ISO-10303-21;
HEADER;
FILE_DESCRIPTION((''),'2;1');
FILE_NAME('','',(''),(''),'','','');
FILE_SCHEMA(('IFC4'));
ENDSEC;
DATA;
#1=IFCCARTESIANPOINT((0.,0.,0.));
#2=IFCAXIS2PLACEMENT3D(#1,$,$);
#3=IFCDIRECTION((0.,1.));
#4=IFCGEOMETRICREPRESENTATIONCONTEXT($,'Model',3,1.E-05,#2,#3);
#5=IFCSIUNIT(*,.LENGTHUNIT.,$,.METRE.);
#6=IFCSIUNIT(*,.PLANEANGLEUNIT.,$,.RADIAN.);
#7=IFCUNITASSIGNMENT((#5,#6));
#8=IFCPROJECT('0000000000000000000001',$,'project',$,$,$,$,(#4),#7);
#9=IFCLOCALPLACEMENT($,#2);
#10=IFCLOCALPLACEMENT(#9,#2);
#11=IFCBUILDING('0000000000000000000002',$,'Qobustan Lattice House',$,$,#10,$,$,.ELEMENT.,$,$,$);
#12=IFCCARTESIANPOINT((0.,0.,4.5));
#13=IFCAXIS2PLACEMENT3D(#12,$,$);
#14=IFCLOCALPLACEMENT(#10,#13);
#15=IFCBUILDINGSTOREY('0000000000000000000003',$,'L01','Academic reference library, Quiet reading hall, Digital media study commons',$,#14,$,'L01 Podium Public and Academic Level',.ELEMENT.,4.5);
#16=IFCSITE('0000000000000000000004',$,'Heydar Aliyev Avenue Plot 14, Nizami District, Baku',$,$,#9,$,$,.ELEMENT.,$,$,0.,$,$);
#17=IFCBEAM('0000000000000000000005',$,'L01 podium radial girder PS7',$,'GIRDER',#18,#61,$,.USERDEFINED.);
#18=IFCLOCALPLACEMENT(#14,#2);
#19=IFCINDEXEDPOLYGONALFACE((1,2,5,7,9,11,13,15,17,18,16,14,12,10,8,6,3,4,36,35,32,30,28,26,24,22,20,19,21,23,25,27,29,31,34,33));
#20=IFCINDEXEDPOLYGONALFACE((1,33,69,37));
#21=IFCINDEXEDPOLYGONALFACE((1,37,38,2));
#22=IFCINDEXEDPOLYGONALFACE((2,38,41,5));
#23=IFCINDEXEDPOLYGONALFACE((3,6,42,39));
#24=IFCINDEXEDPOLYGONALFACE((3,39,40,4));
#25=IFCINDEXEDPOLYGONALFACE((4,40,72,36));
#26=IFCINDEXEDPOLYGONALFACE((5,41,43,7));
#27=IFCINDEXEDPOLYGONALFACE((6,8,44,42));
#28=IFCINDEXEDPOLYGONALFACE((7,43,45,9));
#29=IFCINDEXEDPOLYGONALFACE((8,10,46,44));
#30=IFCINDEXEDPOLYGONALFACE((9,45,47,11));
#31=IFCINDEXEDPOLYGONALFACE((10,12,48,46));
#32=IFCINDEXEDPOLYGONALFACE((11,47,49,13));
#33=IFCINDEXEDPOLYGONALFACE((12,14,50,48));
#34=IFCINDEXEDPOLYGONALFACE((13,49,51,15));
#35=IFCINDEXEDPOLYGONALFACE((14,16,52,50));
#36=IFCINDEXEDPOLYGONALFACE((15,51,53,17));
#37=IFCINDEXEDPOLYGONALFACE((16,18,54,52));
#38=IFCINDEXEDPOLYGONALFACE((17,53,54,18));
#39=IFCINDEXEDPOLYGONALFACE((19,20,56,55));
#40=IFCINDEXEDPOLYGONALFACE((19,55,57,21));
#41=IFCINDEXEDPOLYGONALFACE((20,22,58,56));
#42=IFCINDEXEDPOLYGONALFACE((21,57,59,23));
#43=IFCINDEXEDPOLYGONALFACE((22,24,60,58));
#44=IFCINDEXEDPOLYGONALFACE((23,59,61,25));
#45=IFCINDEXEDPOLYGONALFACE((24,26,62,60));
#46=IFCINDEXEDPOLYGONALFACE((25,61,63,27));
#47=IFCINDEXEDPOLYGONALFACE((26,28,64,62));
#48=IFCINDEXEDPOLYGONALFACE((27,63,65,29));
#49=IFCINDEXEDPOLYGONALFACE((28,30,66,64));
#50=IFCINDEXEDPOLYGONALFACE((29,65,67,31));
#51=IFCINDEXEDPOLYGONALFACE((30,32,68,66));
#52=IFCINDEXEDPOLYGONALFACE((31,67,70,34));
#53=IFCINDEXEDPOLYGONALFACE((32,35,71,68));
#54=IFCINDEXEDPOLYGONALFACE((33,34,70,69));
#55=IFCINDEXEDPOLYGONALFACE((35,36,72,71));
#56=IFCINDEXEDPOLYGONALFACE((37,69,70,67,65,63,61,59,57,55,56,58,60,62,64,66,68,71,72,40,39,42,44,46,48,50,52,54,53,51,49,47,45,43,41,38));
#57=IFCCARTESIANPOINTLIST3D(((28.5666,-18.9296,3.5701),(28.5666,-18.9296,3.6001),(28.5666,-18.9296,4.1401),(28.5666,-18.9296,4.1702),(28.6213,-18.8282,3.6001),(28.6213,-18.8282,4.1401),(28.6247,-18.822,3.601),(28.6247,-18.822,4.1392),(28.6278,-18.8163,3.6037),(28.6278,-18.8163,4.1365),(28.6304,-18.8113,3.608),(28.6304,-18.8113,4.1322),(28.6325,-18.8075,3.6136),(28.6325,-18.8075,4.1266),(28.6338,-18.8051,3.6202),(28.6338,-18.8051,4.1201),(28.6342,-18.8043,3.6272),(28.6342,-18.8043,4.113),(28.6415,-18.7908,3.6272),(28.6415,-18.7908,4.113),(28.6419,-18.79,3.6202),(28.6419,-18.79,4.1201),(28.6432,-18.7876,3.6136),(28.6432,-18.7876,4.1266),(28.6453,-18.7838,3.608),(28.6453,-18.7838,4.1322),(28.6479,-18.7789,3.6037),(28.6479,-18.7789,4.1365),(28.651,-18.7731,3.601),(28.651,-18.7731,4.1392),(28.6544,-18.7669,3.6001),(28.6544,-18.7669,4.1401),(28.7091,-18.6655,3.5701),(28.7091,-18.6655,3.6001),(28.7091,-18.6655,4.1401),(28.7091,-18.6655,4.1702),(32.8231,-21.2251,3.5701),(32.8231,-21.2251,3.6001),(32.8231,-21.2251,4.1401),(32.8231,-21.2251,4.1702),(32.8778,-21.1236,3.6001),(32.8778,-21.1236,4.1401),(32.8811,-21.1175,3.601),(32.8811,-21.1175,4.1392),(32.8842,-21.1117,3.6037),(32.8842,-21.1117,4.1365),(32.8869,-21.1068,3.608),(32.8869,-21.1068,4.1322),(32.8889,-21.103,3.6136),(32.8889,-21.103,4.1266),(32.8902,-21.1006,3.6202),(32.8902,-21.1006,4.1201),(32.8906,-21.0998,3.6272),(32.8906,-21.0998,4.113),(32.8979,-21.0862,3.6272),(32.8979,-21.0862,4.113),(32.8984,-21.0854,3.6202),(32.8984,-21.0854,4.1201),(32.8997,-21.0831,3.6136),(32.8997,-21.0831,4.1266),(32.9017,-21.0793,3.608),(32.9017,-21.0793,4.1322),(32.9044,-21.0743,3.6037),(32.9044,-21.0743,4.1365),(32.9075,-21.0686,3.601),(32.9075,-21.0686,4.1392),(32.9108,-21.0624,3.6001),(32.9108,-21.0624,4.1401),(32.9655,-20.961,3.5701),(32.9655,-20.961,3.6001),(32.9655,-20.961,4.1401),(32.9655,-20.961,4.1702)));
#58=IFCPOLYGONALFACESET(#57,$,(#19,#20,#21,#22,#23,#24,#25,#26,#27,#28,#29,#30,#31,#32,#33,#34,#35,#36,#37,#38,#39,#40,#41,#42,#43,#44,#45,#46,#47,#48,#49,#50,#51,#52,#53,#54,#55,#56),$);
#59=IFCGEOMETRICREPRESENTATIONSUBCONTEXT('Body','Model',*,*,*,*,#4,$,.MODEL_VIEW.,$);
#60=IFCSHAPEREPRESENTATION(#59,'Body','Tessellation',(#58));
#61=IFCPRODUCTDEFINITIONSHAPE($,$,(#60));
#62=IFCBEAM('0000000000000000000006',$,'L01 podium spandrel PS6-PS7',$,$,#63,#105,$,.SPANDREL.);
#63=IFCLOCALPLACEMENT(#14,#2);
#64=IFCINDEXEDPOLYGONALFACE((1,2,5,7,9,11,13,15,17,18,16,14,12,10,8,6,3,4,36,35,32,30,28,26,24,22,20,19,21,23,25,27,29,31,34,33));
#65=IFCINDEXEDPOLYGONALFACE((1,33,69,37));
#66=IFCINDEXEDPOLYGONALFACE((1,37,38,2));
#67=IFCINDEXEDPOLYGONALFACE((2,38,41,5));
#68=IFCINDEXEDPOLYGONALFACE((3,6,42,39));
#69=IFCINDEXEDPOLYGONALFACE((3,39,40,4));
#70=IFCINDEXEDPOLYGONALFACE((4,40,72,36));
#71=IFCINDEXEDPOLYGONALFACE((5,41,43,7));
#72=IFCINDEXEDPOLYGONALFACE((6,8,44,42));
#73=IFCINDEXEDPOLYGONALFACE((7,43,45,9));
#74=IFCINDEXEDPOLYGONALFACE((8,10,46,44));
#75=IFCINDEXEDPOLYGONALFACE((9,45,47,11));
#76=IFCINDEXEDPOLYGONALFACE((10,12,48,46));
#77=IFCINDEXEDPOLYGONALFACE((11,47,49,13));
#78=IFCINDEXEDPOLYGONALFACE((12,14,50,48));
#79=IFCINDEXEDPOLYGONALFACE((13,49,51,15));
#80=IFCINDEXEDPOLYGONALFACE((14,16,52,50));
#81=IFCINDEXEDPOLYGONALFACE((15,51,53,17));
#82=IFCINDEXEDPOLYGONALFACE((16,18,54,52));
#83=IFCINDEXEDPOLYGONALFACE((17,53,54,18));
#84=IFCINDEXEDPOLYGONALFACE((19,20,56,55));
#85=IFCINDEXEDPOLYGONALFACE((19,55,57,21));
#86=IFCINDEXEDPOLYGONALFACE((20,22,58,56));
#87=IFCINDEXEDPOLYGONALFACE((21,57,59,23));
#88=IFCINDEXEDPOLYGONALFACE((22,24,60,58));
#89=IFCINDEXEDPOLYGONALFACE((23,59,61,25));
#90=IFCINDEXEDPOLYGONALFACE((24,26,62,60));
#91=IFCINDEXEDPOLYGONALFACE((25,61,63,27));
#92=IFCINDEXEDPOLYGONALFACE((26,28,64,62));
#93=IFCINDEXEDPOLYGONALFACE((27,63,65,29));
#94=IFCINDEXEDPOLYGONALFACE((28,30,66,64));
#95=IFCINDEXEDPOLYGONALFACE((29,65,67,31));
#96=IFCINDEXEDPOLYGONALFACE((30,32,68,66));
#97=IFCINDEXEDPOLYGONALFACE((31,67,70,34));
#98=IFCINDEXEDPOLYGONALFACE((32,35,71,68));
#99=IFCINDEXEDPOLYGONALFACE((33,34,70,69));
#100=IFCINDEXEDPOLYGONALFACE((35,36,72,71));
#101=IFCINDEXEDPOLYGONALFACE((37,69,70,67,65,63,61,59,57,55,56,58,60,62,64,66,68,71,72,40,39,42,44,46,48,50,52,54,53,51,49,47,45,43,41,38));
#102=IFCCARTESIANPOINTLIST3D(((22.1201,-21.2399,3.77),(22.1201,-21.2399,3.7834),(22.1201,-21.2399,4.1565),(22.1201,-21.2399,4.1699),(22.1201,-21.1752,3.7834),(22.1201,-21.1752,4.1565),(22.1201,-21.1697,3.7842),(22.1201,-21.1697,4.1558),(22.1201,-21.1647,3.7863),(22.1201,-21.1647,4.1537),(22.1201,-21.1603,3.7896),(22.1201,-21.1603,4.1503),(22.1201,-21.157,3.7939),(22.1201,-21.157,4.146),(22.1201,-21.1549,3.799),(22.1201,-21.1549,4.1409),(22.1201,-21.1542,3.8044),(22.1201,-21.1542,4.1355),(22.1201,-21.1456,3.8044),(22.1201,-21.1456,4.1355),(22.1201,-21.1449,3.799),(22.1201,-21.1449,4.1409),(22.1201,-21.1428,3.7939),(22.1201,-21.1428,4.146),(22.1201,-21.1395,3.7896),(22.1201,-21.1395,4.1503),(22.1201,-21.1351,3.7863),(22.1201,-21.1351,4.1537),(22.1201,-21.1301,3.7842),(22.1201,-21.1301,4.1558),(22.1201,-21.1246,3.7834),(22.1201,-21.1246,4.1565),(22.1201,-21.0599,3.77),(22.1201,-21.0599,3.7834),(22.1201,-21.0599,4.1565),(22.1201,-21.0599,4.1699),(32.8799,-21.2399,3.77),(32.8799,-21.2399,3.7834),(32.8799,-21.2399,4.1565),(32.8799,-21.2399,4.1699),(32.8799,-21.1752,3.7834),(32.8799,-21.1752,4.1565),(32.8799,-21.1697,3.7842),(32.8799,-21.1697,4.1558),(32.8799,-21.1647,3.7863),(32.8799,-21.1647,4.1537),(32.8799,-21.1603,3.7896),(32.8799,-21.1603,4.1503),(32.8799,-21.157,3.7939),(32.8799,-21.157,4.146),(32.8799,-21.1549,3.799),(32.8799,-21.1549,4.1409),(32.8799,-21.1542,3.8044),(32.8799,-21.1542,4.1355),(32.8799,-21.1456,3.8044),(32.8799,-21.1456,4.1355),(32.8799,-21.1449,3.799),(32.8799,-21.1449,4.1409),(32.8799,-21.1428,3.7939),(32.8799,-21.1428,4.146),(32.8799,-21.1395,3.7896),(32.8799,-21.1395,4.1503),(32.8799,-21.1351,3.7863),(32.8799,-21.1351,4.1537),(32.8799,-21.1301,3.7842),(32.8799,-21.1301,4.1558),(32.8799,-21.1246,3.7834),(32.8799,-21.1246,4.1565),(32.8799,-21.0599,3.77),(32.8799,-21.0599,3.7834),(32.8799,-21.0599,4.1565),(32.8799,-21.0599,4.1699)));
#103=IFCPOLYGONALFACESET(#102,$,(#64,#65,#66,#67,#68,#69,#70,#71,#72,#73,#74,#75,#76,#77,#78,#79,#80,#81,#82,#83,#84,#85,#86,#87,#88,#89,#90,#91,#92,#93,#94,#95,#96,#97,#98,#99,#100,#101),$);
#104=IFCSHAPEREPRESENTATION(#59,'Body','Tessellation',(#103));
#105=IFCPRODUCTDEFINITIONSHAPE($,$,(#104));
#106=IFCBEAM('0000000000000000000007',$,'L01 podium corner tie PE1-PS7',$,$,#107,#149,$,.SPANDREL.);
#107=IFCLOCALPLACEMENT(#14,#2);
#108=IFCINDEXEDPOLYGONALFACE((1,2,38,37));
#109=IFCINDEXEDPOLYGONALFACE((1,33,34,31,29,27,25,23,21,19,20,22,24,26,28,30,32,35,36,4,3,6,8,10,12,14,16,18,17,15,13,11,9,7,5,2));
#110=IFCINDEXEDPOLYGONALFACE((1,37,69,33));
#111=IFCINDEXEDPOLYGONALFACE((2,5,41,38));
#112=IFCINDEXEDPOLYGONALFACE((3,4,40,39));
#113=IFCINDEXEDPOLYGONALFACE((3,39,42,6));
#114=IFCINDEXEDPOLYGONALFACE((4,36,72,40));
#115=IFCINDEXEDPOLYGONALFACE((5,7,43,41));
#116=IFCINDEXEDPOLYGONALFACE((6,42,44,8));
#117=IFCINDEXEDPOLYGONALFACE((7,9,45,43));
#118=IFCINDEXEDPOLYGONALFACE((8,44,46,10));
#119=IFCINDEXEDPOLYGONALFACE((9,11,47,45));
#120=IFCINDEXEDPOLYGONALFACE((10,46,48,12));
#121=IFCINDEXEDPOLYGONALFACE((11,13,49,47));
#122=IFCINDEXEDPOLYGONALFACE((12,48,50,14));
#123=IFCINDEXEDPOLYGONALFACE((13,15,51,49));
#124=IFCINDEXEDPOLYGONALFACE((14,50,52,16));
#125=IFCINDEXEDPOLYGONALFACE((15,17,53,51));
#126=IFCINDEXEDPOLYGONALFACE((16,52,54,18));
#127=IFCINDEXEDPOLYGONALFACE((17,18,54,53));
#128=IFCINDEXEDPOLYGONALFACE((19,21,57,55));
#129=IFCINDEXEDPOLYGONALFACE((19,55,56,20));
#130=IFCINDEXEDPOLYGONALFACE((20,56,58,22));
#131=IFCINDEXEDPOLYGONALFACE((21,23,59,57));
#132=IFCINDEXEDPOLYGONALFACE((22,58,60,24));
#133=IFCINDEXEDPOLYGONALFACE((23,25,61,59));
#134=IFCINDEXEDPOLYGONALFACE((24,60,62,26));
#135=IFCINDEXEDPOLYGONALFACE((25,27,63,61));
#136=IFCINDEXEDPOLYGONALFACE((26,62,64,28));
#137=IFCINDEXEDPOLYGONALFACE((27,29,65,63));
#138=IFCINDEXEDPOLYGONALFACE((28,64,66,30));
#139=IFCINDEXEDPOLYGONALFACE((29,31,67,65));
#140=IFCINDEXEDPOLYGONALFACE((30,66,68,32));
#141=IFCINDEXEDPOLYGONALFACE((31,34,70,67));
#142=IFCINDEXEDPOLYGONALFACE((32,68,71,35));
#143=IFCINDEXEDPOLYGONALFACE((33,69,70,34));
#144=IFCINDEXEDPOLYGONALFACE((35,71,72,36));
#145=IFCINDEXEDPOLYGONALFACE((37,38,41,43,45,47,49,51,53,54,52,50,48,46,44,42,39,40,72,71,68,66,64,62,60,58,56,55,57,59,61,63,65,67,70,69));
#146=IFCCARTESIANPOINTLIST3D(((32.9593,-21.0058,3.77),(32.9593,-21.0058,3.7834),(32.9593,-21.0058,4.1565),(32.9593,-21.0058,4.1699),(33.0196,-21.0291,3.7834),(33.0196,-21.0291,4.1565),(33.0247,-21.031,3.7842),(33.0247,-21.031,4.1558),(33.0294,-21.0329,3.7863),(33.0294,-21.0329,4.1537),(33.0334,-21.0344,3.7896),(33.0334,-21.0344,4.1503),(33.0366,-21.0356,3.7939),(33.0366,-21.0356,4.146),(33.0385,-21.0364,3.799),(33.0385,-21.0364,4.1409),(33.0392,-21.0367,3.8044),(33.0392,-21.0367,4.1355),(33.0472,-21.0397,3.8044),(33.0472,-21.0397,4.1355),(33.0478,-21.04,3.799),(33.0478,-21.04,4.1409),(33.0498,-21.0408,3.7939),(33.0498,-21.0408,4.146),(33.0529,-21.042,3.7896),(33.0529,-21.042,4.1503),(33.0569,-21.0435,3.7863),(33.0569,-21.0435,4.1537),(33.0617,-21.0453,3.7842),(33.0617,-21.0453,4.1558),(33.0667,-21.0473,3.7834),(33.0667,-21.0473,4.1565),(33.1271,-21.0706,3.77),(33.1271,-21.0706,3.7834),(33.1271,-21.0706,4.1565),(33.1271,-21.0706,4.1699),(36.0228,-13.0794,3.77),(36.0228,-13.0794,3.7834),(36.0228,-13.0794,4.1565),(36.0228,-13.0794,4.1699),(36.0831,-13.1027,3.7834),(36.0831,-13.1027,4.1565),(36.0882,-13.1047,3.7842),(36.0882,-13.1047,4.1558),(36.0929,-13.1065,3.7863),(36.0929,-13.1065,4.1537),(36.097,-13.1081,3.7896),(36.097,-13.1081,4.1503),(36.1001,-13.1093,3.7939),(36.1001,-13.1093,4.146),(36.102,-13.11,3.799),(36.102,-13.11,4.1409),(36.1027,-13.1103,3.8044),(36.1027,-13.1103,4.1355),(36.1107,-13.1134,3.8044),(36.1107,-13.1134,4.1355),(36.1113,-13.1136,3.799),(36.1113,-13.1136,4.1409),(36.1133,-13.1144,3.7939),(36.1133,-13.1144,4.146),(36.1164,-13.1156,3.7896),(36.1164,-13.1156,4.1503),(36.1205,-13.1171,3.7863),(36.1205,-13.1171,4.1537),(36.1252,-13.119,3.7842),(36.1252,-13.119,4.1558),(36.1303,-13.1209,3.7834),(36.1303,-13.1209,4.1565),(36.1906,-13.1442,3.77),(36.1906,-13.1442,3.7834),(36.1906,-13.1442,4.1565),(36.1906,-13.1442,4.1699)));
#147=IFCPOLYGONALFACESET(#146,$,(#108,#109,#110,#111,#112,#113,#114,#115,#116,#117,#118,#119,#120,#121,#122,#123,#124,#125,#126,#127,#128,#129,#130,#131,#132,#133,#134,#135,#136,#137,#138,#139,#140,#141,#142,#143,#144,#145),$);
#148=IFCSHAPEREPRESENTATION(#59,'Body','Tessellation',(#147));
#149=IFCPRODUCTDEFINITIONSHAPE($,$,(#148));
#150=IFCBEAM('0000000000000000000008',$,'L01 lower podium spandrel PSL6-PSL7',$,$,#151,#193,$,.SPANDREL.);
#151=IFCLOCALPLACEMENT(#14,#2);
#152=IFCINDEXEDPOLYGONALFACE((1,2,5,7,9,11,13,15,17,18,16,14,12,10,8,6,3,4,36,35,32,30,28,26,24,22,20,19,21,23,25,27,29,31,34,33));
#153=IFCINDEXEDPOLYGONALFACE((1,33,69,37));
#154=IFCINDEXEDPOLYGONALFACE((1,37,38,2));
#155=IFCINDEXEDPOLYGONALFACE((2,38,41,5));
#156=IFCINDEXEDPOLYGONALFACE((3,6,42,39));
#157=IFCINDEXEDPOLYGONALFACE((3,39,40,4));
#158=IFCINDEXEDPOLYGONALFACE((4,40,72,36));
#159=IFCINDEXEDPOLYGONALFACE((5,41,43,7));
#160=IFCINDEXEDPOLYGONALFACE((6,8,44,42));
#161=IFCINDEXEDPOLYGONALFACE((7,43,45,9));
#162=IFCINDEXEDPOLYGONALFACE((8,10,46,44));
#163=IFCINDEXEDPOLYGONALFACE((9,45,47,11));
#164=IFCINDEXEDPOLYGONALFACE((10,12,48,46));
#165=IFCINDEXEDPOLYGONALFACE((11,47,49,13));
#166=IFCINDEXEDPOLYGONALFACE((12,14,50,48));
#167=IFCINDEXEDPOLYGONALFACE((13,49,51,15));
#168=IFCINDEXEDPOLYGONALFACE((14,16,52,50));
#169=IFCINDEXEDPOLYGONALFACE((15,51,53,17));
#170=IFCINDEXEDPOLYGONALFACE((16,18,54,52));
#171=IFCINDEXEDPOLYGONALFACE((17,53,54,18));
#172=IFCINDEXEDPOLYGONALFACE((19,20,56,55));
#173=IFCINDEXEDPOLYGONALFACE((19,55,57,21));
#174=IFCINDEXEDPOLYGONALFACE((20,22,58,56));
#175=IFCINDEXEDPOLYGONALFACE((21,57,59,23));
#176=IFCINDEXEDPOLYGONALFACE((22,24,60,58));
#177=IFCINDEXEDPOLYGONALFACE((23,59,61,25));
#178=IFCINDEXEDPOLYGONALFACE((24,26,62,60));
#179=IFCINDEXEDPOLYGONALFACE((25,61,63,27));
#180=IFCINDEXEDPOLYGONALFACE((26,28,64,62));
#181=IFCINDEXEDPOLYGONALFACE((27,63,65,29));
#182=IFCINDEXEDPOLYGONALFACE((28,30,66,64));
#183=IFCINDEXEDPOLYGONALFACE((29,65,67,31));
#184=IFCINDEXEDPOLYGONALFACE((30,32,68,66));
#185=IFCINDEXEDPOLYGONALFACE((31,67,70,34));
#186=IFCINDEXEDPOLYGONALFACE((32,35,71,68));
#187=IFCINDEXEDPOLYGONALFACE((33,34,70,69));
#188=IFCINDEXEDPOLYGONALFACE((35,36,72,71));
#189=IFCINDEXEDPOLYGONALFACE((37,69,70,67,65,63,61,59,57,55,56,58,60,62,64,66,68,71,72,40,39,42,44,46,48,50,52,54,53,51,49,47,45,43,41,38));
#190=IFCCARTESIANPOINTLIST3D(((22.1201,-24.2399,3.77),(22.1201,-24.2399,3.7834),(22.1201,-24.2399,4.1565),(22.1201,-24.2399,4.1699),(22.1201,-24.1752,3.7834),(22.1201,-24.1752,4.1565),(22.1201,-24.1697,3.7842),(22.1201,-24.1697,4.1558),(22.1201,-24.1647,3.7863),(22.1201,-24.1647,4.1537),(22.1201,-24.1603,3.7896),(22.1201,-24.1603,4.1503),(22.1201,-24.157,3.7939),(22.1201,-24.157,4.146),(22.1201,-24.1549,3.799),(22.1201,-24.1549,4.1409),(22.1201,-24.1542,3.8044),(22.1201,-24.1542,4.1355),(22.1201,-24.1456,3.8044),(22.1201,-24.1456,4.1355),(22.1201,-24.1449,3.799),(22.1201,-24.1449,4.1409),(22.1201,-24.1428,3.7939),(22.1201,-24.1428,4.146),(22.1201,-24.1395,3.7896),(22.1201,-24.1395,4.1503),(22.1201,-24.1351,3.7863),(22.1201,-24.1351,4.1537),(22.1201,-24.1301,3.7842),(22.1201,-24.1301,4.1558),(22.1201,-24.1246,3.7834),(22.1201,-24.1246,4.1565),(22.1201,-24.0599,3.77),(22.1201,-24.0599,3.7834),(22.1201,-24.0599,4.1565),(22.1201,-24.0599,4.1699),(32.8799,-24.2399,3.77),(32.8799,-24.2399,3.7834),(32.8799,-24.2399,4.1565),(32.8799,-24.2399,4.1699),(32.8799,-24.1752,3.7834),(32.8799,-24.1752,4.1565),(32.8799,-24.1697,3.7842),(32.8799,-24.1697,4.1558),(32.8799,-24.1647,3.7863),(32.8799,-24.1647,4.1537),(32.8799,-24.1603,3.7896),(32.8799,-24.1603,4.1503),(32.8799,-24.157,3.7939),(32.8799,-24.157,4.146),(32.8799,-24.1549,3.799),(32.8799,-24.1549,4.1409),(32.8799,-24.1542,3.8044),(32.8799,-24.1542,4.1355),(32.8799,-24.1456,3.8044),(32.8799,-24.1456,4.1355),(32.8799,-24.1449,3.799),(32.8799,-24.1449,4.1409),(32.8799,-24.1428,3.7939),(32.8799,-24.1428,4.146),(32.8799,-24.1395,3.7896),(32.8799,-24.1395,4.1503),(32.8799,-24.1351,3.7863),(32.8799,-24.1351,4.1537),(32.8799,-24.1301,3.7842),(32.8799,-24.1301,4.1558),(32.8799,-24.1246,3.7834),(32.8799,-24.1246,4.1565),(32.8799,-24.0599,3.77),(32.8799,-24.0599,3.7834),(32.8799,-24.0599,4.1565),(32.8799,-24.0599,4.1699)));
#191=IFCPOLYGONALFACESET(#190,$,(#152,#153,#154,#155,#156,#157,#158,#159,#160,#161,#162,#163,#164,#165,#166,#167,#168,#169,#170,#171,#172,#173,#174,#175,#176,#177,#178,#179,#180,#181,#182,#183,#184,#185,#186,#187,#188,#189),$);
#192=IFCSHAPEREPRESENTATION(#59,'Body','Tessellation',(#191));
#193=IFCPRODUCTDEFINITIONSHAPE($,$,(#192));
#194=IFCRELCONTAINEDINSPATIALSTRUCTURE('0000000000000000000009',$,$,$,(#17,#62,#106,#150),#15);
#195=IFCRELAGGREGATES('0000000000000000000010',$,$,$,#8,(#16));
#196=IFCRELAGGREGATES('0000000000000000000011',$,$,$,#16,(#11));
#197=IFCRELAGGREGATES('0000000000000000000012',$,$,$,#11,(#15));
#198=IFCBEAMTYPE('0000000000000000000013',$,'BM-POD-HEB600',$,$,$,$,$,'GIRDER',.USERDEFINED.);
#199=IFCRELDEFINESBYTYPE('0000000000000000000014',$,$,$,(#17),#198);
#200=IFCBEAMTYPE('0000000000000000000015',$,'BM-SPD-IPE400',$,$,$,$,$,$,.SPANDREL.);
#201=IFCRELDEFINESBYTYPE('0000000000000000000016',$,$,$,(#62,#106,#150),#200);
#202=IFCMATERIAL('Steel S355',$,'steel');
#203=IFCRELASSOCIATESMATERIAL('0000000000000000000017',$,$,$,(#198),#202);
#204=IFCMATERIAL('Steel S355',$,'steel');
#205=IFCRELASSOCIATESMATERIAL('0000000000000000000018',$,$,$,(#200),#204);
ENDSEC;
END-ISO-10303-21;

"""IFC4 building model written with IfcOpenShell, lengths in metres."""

from ifc_helpers import new_model, si_unit, direction, frame, origin, origin_2d, place, context, subcontext, project, spatial, i_section, extrude, material, material_profile, profile_set, type_object, element, save


model = new_model("IFC4")

# Units and contexts
model_context = context("Model", 3, precision=1e-05, world=origin(), true_north=direction((0.0, 1.0)))
body_context = subcontext(model_context, "Body", "Model", "MODEL_VIEW")
ifc_project = project(units=[si_unit("LENGTHUNIT", "METRE"), si_unit("PLANEANGLEUNIT", "RADIAN")], contexts=[model_context])

# Site, building, storey
site_placement = place(None, origin())
site = spatial("IfcSite", under=ifc_project, at=site_placement, Name="Heydar Aliyev Avenue Plot 14, Nizami District, Baku", CompositionType="ELEMENT", RefElevation=0.0)
building_placement = place(site_placement, origin())
building = spatial("IfcBuilding", under=site, at=building_placement, Name="Qobustan Lattice House", CompositionType="ELEMENT")
storey_placement = place(building_placement, frame((0.0, 0.0, 4.5)))
storey = spatial("IfcBuildingStorey", under=building, at=storey_placement, Name="L01", Description="Academic reference library, Quiet reading hall, Digital media study commons", LongName="L01 Podium Public and Academic Level", CompositionType="ELEMENT", Elevation=4.5)

# Beams
ifc_material_1 = material(Name="Steel S355", Category="steel")
ifc_material_profile_1 = material_profile(ifc_material_1, i_section(OverallWidth=0.3, OverallDepth=0.6001, WebThickness=0.0154, FlangeThickness=0.03, FilletRadius=0.0271, at=origin_2d()), Name="HEB600")
ifc_profile_set_1 = profile_set([ifc_material_profile_1], Name="Steel S355")
beam_type_1 = type_object("IfcBeamType", Name="BM-POD-HEB600", ElementType="GIRDER", PredefinedType="USERDEFINED", material=ifc_profile_set_1)
beam_1_placement = place(storey_placement, frame((32.8943, -21.093, 3.8701), z_axis=(-0.880166, 0.474666, 0.0), x_axis=(-0.474666, -0.880166, 0.0)))
element("IfcBeam", 1, at=beam_1_placement, inside=storey, type_object=beam_type_1, Name="L01 podium radial girder PS7", ObjectType="GIRDER", PredefinedType="USERDEFINED", context=body_context, shape_type="SweptSolid", body=[
    extrude(i_section(OverallWidth=0.3, OverallDepth=0.6001, WebThickness=0.0154, FlangeThickness=0.03, FilletRadius=0.0271, at=origin_2d()), origin(), (0.0, 0.0, 1.0), 4.8359),
])
ifc_material_2 = material(Name="Steel S355", Category="steel")
ifc_material_profile_2 = material_profile(ifc_material_2, i_section(OverallWidth=0.1799, OverallDepth=0.3999, WebThickness=0.0085, FlangeThickness=0.0134, FilletRadius=0.021, at=origin_2d()), Name="IPE400")
ifc_profile_set_2 = profile_set([ifc_material_profile_2], Name="Steel S355")
beam_type_2 = type_object("IfcBeamType", Name="BM-SPD-IPE400", PredefinedType="SPANDREL", material=ifc_profile_set_2)
beam_2_placement = place(storey_placement, frame((22.1201, -21.1499, 3.97), z_axis=(1.0, 0.0, 0.0), x_axis=(0.0, 1.0, 0.0)))
element("IfcBeam", 2, at=beam_2_placement, inside=storey, type_object=beam_type_2, Name="L01 podium spandrel PS6-PS7", PredefinedType="SPANDREL", context=body_context, shape_type="SweptSolid", body=[
    extrude(i_section(OverallWidth=0.1799, OverallDepth=0.3999, WebThickness=0.0085, FlangeThickness=0.0134, FilletRadius=0.021, at=origin_2d()), origin(), (0.0, 0.0, 1.0), 10.7598),
])
beam_3_placement = place(storey_placement, frame((36.1067, -13.1118, 3.97), z_axis=(-0.360507, -0.932756, 0.0), x_axis=(0.932756, -0.360507, 0.0)))
element("IfcBeam", 3, at=beam_3_placement, inside=storey, type_object=beam_type_2, Name="L01 podium corner tie PE1-PS7", PredefinedType="SPANDREL", context=body_context, shape_type="SweptSolid", body=[
    extrude(i_section(OverallWidth=0.1799, OverallDepth=0.3999, WebThickness=0.0085, FlangeThickness=0.0134, FilletRadius=0.021, at=origin_2d()), origin(), (0.0, 0.0, 1.0), 8.4978),
])
beam_4_placement = place(storey_placement, frame((22.1201, -24.1499, 3.97), z_axis=(1.0, 0.0, 0.0), x_axis=(0.0, 1.0, 0.0)))
element("IfcBeam", 4, at=beam_4_placement, inside=storey, type_object=beam_type_2, Name="L01 lower podium spandrel PSL6-PSL7", PredefinedType="SPANDREL", context=body_context, shape_type="SweptSolid", body=[
    extrude(i_section(OverallWidth=0.1799, OverallDepth=0.3999, WebThickness=0.0085, FlangeThickness=0.0134, FilletRadius=0.021, at=origin_2d()), origin(), (0.0, 0.0, 1.0), 10.7598),
])

save(model, "model.ifc")
